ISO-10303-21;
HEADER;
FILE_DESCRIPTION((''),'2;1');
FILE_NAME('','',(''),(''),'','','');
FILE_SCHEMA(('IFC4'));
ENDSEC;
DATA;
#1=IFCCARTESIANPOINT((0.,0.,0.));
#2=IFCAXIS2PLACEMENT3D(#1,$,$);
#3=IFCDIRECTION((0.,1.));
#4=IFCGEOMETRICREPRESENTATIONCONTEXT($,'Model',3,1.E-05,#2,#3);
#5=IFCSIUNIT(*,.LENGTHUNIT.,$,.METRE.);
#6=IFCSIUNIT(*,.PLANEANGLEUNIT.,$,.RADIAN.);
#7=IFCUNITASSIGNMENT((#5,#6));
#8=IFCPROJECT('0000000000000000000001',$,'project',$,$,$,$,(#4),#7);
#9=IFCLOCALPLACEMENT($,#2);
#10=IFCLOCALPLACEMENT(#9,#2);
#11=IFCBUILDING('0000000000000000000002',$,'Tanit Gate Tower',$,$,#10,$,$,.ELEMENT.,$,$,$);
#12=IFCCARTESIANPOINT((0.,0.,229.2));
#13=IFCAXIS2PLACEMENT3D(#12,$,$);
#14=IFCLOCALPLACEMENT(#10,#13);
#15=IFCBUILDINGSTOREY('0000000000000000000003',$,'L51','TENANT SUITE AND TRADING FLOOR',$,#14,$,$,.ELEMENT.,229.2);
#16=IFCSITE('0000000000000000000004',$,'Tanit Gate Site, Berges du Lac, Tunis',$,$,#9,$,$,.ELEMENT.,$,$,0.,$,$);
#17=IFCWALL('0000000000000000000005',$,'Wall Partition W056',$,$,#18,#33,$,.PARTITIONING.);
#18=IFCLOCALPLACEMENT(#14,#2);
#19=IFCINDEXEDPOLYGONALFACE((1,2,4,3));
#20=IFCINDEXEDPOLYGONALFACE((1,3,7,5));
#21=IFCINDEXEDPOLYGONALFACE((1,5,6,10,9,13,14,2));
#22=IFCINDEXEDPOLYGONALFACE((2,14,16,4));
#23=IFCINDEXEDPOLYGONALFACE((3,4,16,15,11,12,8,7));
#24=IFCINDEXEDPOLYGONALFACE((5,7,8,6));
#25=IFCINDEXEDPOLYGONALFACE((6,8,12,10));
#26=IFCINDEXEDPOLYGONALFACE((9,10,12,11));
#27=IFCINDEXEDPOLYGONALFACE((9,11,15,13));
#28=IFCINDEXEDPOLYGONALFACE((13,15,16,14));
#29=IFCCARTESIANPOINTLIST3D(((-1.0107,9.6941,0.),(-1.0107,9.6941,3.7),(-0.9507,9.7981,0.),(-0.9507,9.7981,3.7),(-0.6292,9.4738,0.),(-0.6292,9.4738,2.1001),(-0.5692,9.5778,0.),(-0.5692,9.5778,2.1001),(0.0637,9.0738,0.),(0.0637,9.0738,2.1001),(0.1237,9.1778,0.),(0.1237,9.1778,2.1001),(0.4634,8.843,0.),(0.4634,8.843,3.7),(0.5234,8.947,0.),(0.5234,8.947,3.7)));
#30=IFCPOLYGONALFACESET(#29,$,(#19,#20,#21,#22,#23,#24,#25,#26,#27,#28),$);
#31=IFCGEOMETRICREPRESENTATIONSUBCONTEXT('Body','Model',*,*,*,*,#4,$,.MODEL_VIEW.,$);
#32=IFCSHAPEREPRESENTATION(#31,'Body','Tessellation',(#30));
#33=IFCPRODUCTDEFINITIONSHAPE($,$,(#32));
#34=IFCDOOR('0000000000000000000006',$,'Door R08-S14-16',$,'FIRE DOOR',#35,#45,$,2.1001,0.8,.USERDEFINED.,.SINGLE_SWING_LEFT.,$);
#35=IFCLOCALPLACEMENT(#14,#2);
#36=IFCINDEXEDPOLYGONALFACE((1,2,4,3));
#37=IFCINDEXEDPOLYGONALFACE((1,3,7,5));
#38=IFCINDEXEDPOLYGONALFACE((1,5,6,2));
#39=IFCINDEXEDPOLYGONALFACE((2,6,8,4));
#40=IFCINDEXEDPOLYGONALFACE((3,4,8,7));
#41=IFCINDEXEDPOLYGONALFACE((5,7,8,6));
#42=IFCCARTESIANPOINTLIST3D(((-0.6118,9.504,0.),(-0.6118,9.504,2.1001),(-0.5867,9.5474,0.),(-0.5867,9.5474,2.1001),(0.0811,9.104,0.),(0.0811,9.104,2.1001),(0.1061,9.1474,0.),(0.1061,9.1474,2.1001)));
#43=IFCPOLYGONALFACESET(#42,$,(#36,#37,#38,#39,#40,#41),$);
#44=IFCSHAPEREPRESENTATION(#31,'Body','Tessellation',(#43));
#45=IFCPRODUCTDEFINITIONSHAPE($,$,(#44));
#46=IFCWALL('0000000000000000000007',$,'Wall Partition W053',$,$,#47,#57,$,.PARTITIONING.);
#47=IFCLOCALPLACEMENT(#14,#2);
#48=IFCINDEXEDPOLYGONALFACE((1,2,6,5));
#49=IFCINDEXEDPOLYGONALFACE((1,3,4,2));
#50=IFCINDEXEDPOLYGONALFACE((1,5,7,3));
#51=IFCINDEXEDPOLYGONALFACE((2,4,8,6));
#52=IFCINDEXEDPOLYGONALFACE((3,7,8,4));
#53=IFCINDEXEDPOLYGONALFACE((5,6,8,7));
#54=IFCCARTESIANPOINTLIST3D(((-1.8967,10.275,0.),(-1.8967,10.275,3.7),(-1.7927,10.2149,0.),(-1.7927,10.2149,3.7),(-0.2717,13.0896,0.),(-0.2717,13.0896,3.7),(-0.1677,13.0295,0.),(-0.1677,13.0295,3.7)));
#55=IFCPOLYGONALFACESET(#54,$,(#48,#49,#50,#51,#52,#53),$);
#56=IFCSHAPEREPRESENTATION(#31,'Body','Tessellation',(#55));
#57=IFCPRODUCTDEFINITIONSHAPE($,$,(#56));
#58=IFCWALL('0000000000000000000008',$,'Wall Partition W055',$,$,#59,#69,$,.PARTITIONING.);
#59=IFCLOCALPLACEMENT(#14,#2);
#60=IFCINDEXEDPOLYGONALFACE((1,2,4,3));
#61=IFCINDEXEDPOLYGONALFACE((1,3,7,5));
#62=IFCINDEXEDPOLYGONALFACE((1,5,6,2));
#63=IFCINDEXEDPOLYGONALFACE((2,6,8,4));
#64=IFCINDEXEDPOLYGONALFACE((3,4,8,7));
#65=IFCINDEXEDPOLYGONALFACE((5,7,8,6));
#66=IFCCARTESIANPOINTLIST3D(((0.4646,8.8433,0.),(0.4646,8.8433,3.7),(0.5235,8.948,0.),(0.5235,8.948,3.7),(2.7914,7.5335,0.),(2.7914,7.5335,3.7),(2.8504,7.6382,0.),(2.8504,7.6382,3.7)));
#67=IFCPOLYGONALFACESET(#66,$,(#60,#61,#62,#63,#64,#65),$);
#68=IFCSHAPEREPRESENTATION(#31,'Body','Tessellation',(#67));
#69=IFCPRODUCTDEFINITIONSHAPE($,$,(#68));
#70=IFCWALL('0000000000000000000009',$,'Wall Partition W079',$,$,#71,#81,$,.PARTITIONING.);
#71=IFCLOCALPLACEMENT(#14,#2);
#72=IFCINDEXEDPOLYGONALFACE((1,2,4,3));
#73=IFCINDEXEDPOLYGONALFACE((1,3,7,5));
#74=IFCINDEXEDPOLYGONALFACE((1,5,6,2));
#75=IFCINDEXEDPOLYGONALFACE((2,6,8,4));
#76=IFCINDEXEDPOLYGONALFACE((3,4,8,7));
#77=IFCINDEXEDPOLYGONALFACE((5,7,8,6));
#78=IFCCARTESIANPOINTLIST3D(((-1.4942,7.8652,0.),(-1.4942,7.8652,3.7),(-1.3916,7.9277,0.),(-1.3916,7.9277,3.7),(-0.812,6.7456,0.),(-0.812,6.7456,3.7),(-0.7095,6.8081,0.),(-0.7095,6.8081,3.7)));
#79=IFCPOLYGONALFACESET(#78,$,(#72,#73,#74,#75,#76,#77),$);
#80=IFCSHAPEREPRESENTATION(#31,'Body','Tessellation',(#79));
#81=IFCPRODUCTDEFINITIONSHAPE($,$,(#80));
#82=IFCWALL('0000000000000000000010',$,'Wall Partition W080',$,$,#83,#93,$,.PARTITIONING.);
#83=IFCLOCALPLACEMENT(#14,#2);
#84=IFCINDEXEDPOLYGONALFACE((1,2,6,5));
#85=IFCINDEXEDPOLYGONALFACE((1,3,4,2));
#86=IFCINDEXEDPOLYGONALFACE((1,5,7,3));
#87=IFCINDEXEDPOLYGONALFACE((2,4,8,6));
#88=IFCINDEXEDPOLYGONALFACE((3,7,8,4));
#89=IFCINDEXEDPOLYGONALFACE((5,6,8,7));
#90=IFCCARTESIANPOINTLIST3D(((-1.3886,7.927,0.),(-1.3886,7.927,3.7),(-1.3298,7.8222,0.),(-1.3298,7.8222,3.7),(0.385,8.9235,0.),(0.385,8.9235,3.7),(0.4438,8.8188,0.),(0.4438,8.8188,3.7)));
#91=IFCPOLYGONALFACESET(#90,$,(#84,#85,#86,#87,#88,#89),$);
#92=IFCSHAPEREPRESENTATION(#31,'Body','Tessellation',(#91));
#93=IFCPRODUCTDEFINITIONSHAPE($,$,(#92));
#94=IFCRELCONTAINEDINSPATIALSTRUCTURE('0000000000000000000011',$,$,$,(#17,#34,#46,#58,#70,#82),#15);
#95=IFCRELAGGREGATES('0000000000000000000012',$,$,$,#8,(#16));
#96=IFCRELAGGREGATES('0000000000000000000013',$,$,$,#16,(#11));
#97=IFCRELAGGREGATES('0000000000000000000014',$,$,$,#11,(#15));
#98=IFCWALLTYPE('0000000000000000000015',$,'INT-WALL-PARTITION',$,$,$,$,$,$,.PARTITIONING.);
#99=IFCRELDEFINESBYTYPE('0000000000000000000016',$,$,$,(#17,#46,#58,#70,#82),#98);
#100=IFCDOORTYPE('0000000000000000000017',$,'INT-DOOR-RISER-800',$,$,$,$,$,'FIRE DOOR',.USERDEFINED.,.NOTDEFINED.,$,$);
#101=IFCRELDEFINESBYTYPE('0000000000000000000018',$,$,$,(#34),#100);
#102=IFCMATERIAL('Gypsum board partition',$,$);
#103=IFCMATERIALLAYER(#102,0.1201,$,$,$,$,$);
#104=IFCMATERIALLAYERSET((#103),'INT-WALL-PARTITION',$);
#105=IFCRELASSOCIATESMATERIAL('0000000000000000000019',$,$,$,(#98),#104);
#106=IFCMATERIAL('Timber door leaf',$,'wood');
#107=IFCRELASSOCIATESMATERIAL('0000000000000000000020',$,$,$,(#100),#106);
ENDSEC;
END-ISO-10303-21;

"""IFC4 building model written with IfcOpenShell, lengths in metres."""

from ifc_helpers import new_model, si_unit, direction, frame, frame_2d, origin, place, context, subcontext, project, spatial, rectangle, extrude, material, layer, layer_set, type_object, element, fill, save


model = new_model("IFC4")

# Units and contexts
model_context = context("Model", 3, precision=1e-05, world=origin(), true_north=direction((0.0, 1.0)))
body_context = subcontext(model_context, "Body", "Model", "MODEL_VIEW")
ifc_project = project(units=[si_unit("LENGTHUNIT", "METRE"), si_unit("PLANEANGLEUNIT", "RADIAN")], contexts=[model_context])

# Site, building, storey
site_placement = place(None, origin())
site = spatial("IfcSite", under=ifc_project, at=site_placement, Name="Tanit Gate Site, Berges du Lac, Tunis", CompositionType="ELEMENT", RefElevation=0.0)
building_placement = place(site_placement, origin())
building = spatial("IfcBuilding", under=site, at=building_placement, Name="Tanit Gate Tower", CompositionType="ELEMENT")
storey_placement = place(building_placement, frame((0.0, 0.0, 229.2)))
storey = spatial("IfcBuildingStorey", under=building, at=storey_placement, Name="L51", Description="TENANT SUITE AND TRADING FLOOR", CompositionType="ELEMENT", Elevation=229.2)

# Shared definitions
ifc_material_1 = material(Name="Gypsum board partition")
ifc_layer_1 = layer(ifc_material_1, 0.1201)
ifc_layer_set_1 = layer_set([ifc_layer_1], Name="INT-WALL-PARTITION")
wall_type_1 = type_object("IfcWallType", Name="INT-WALL-PARTITION", PredefinedType="PARTITIONING", material=ifc_layer_set_1)

# Wall, opening, door
wall_1_placement = place(storey_placement, frame((-0.9807, 9.7461, 0.0), z_axis=(0.0, 0.0, 1.0), x_axis=(0.866028, -0.499996, 0.0)))
wall_1 = element("IfcWall", 1, at=wall_1_placement, inside=storey, type_object=wall_type_1, Name="Wall Partition W056", PredefinedType="PARTITIONING", context=body_context, shape_type="SweptSolid", body=[
    extrude(rectangle(XDim=1.7021, YDim=0.1201, at=frame_2d((0.8511, 0.0))), origin(), (0.0, 0.0, 1.0), 3.7),
])
opening_1_placement = place(wall_1_placement, frame((0.4407, 0.0, 0.0)))
opening_1 = element("IfcOpeningElement", 2, at=opening_1_placement, cuts=wall_1, PredefinedType="OPENING", context=body_context, shape_type="SweptSolid", body=[
    extrude(rectangle(XDim=0.8, YDim=2.1001, at=frame_2d((0.3999, 1.05))), frame((0.0, 0.0701, 0.0), z_axis=(0.0, -1.0, 0.0), x_axis=(1.0, 0.0, 0.0)), (0.0, 0.0, 1.0), 0.1401),
])
ifc_material_2 = material(Name="Timber door leaf", Category="wood")
door_type_1 = type_object("IfcDoorType", Name="INT-DOOR-RISER-800", ElementType="FIRE DOOR", OperationType="NOTDEFINED", PredefinedType="USERDEFINED", material=ifc_material_2)
door_1_placement = place(opening_1_placement, origin())
door_1 = element("IfcDoor", 3, at=door_1_placement, inside=storey, type_object=door_type_1, Name="Door R08-S14-16", ObjectType="FIRE DOOR", OperationType="SINGLE_SWING_LEFT", OverallHeight=2.1001, OverallWidth=0.8, PredefinedType="USERDEFINED", context=body_context, shape_type="SweptSolid", body=[
    extrude(rectangle(XDim=0.8, YDim=2.1001, at=frame_2d((0.3999, 1.05))), frame((0.0, 0.0249, 0.0), z_axis=(0.0, -1.0, 0.0), x_axis=(1.0, 0.0, 0.0)), (0.0, 0.0, 1.0), 0.05),
])
fill(opening_1, door_1)

# Walls
wall_2_placement = place(storey_placement, frame((-0.2197, 13.0596, 0.0), z_axis=(0.0, 0.0, 1.0), x_axis=(-0.499985, -0.866034, 0.0)))
element("IfcWall", 4, at=wall_2_placement, inside=storey, type_object=wall_type_1, Name="Wall Partition W053", PredefinedType="PARTITIONING", context=body_context, shape_type="SweptSolid", body=[
    extrude(rectangle(XDim=3.25, YDim=0.1201, at=frame_2d((1.625, 0.0))), origin(), (0.0, 0.0, 1.0), 3.7),
])
wall_3_placement = place(storey_placement, frame((2.8208, 7.5859, 0.0), z_axis=(0.0, 0.0, 1.0), x_axis=(-0.871427, 0.490526, 0.0)))
element("IfcWall", 5, at=wall_3_placement, inside=storey, type_object=wall_type_1, Name="Wall Partition W055", PredefinedType="PARTITIONING", context=body_context, shape_type="SweptSolid", body=[
    extrude(rectangle(XDim=2.6702, YDim=0.1201, at=frame_2d((1.335, 0.0))), origin(), (0.0, 0.0, 1.0), 3.7),
])
wall_4_placement = place(storey_placement, frame((-1.4429, 7.8965, 0.0), z_axis=(0.0, 0.0, 1.0), x_axis=(0.52029, -0.85399, 0.0)))
element("IfcWall", 6, at=wall_4_placement, inside=storey, type_object=wall_type_1, Name="Wall Partition W079", PredefinedType="PARTITIONING", context=body_context, shape_type="SweptSolid", body=[
    extrude(rectangle(XDim=1.311, YDim=0.1201, at=frame_2d((0.6555, 0.0))), origin(), (0.0, 0.0, 1.0), 3.7),
])
wall_5_placement = place(storey_placement, frame((0.4143, 8.8711, 0.0), z_axis=(0.0, 0.0, 1.0), x_axis=(-0.871809, -0.489845, 0.0)))
element("IfcWall", 7, at=wall_5_placement, inside=storey, type_object=wall_type_1, Name="Wall Partition W080", PredefinedType="PARTITIONING", context=body_context, shape_type="SweptSolid", body=[
    extrude(rectangle(XDim=2.0344, YDim=0.1201, at=frame_2d((1.0171, 0.0))), origin(), (0.0, 0.0, 1.0), 3.7),
])

save(model, "model.ifc")
